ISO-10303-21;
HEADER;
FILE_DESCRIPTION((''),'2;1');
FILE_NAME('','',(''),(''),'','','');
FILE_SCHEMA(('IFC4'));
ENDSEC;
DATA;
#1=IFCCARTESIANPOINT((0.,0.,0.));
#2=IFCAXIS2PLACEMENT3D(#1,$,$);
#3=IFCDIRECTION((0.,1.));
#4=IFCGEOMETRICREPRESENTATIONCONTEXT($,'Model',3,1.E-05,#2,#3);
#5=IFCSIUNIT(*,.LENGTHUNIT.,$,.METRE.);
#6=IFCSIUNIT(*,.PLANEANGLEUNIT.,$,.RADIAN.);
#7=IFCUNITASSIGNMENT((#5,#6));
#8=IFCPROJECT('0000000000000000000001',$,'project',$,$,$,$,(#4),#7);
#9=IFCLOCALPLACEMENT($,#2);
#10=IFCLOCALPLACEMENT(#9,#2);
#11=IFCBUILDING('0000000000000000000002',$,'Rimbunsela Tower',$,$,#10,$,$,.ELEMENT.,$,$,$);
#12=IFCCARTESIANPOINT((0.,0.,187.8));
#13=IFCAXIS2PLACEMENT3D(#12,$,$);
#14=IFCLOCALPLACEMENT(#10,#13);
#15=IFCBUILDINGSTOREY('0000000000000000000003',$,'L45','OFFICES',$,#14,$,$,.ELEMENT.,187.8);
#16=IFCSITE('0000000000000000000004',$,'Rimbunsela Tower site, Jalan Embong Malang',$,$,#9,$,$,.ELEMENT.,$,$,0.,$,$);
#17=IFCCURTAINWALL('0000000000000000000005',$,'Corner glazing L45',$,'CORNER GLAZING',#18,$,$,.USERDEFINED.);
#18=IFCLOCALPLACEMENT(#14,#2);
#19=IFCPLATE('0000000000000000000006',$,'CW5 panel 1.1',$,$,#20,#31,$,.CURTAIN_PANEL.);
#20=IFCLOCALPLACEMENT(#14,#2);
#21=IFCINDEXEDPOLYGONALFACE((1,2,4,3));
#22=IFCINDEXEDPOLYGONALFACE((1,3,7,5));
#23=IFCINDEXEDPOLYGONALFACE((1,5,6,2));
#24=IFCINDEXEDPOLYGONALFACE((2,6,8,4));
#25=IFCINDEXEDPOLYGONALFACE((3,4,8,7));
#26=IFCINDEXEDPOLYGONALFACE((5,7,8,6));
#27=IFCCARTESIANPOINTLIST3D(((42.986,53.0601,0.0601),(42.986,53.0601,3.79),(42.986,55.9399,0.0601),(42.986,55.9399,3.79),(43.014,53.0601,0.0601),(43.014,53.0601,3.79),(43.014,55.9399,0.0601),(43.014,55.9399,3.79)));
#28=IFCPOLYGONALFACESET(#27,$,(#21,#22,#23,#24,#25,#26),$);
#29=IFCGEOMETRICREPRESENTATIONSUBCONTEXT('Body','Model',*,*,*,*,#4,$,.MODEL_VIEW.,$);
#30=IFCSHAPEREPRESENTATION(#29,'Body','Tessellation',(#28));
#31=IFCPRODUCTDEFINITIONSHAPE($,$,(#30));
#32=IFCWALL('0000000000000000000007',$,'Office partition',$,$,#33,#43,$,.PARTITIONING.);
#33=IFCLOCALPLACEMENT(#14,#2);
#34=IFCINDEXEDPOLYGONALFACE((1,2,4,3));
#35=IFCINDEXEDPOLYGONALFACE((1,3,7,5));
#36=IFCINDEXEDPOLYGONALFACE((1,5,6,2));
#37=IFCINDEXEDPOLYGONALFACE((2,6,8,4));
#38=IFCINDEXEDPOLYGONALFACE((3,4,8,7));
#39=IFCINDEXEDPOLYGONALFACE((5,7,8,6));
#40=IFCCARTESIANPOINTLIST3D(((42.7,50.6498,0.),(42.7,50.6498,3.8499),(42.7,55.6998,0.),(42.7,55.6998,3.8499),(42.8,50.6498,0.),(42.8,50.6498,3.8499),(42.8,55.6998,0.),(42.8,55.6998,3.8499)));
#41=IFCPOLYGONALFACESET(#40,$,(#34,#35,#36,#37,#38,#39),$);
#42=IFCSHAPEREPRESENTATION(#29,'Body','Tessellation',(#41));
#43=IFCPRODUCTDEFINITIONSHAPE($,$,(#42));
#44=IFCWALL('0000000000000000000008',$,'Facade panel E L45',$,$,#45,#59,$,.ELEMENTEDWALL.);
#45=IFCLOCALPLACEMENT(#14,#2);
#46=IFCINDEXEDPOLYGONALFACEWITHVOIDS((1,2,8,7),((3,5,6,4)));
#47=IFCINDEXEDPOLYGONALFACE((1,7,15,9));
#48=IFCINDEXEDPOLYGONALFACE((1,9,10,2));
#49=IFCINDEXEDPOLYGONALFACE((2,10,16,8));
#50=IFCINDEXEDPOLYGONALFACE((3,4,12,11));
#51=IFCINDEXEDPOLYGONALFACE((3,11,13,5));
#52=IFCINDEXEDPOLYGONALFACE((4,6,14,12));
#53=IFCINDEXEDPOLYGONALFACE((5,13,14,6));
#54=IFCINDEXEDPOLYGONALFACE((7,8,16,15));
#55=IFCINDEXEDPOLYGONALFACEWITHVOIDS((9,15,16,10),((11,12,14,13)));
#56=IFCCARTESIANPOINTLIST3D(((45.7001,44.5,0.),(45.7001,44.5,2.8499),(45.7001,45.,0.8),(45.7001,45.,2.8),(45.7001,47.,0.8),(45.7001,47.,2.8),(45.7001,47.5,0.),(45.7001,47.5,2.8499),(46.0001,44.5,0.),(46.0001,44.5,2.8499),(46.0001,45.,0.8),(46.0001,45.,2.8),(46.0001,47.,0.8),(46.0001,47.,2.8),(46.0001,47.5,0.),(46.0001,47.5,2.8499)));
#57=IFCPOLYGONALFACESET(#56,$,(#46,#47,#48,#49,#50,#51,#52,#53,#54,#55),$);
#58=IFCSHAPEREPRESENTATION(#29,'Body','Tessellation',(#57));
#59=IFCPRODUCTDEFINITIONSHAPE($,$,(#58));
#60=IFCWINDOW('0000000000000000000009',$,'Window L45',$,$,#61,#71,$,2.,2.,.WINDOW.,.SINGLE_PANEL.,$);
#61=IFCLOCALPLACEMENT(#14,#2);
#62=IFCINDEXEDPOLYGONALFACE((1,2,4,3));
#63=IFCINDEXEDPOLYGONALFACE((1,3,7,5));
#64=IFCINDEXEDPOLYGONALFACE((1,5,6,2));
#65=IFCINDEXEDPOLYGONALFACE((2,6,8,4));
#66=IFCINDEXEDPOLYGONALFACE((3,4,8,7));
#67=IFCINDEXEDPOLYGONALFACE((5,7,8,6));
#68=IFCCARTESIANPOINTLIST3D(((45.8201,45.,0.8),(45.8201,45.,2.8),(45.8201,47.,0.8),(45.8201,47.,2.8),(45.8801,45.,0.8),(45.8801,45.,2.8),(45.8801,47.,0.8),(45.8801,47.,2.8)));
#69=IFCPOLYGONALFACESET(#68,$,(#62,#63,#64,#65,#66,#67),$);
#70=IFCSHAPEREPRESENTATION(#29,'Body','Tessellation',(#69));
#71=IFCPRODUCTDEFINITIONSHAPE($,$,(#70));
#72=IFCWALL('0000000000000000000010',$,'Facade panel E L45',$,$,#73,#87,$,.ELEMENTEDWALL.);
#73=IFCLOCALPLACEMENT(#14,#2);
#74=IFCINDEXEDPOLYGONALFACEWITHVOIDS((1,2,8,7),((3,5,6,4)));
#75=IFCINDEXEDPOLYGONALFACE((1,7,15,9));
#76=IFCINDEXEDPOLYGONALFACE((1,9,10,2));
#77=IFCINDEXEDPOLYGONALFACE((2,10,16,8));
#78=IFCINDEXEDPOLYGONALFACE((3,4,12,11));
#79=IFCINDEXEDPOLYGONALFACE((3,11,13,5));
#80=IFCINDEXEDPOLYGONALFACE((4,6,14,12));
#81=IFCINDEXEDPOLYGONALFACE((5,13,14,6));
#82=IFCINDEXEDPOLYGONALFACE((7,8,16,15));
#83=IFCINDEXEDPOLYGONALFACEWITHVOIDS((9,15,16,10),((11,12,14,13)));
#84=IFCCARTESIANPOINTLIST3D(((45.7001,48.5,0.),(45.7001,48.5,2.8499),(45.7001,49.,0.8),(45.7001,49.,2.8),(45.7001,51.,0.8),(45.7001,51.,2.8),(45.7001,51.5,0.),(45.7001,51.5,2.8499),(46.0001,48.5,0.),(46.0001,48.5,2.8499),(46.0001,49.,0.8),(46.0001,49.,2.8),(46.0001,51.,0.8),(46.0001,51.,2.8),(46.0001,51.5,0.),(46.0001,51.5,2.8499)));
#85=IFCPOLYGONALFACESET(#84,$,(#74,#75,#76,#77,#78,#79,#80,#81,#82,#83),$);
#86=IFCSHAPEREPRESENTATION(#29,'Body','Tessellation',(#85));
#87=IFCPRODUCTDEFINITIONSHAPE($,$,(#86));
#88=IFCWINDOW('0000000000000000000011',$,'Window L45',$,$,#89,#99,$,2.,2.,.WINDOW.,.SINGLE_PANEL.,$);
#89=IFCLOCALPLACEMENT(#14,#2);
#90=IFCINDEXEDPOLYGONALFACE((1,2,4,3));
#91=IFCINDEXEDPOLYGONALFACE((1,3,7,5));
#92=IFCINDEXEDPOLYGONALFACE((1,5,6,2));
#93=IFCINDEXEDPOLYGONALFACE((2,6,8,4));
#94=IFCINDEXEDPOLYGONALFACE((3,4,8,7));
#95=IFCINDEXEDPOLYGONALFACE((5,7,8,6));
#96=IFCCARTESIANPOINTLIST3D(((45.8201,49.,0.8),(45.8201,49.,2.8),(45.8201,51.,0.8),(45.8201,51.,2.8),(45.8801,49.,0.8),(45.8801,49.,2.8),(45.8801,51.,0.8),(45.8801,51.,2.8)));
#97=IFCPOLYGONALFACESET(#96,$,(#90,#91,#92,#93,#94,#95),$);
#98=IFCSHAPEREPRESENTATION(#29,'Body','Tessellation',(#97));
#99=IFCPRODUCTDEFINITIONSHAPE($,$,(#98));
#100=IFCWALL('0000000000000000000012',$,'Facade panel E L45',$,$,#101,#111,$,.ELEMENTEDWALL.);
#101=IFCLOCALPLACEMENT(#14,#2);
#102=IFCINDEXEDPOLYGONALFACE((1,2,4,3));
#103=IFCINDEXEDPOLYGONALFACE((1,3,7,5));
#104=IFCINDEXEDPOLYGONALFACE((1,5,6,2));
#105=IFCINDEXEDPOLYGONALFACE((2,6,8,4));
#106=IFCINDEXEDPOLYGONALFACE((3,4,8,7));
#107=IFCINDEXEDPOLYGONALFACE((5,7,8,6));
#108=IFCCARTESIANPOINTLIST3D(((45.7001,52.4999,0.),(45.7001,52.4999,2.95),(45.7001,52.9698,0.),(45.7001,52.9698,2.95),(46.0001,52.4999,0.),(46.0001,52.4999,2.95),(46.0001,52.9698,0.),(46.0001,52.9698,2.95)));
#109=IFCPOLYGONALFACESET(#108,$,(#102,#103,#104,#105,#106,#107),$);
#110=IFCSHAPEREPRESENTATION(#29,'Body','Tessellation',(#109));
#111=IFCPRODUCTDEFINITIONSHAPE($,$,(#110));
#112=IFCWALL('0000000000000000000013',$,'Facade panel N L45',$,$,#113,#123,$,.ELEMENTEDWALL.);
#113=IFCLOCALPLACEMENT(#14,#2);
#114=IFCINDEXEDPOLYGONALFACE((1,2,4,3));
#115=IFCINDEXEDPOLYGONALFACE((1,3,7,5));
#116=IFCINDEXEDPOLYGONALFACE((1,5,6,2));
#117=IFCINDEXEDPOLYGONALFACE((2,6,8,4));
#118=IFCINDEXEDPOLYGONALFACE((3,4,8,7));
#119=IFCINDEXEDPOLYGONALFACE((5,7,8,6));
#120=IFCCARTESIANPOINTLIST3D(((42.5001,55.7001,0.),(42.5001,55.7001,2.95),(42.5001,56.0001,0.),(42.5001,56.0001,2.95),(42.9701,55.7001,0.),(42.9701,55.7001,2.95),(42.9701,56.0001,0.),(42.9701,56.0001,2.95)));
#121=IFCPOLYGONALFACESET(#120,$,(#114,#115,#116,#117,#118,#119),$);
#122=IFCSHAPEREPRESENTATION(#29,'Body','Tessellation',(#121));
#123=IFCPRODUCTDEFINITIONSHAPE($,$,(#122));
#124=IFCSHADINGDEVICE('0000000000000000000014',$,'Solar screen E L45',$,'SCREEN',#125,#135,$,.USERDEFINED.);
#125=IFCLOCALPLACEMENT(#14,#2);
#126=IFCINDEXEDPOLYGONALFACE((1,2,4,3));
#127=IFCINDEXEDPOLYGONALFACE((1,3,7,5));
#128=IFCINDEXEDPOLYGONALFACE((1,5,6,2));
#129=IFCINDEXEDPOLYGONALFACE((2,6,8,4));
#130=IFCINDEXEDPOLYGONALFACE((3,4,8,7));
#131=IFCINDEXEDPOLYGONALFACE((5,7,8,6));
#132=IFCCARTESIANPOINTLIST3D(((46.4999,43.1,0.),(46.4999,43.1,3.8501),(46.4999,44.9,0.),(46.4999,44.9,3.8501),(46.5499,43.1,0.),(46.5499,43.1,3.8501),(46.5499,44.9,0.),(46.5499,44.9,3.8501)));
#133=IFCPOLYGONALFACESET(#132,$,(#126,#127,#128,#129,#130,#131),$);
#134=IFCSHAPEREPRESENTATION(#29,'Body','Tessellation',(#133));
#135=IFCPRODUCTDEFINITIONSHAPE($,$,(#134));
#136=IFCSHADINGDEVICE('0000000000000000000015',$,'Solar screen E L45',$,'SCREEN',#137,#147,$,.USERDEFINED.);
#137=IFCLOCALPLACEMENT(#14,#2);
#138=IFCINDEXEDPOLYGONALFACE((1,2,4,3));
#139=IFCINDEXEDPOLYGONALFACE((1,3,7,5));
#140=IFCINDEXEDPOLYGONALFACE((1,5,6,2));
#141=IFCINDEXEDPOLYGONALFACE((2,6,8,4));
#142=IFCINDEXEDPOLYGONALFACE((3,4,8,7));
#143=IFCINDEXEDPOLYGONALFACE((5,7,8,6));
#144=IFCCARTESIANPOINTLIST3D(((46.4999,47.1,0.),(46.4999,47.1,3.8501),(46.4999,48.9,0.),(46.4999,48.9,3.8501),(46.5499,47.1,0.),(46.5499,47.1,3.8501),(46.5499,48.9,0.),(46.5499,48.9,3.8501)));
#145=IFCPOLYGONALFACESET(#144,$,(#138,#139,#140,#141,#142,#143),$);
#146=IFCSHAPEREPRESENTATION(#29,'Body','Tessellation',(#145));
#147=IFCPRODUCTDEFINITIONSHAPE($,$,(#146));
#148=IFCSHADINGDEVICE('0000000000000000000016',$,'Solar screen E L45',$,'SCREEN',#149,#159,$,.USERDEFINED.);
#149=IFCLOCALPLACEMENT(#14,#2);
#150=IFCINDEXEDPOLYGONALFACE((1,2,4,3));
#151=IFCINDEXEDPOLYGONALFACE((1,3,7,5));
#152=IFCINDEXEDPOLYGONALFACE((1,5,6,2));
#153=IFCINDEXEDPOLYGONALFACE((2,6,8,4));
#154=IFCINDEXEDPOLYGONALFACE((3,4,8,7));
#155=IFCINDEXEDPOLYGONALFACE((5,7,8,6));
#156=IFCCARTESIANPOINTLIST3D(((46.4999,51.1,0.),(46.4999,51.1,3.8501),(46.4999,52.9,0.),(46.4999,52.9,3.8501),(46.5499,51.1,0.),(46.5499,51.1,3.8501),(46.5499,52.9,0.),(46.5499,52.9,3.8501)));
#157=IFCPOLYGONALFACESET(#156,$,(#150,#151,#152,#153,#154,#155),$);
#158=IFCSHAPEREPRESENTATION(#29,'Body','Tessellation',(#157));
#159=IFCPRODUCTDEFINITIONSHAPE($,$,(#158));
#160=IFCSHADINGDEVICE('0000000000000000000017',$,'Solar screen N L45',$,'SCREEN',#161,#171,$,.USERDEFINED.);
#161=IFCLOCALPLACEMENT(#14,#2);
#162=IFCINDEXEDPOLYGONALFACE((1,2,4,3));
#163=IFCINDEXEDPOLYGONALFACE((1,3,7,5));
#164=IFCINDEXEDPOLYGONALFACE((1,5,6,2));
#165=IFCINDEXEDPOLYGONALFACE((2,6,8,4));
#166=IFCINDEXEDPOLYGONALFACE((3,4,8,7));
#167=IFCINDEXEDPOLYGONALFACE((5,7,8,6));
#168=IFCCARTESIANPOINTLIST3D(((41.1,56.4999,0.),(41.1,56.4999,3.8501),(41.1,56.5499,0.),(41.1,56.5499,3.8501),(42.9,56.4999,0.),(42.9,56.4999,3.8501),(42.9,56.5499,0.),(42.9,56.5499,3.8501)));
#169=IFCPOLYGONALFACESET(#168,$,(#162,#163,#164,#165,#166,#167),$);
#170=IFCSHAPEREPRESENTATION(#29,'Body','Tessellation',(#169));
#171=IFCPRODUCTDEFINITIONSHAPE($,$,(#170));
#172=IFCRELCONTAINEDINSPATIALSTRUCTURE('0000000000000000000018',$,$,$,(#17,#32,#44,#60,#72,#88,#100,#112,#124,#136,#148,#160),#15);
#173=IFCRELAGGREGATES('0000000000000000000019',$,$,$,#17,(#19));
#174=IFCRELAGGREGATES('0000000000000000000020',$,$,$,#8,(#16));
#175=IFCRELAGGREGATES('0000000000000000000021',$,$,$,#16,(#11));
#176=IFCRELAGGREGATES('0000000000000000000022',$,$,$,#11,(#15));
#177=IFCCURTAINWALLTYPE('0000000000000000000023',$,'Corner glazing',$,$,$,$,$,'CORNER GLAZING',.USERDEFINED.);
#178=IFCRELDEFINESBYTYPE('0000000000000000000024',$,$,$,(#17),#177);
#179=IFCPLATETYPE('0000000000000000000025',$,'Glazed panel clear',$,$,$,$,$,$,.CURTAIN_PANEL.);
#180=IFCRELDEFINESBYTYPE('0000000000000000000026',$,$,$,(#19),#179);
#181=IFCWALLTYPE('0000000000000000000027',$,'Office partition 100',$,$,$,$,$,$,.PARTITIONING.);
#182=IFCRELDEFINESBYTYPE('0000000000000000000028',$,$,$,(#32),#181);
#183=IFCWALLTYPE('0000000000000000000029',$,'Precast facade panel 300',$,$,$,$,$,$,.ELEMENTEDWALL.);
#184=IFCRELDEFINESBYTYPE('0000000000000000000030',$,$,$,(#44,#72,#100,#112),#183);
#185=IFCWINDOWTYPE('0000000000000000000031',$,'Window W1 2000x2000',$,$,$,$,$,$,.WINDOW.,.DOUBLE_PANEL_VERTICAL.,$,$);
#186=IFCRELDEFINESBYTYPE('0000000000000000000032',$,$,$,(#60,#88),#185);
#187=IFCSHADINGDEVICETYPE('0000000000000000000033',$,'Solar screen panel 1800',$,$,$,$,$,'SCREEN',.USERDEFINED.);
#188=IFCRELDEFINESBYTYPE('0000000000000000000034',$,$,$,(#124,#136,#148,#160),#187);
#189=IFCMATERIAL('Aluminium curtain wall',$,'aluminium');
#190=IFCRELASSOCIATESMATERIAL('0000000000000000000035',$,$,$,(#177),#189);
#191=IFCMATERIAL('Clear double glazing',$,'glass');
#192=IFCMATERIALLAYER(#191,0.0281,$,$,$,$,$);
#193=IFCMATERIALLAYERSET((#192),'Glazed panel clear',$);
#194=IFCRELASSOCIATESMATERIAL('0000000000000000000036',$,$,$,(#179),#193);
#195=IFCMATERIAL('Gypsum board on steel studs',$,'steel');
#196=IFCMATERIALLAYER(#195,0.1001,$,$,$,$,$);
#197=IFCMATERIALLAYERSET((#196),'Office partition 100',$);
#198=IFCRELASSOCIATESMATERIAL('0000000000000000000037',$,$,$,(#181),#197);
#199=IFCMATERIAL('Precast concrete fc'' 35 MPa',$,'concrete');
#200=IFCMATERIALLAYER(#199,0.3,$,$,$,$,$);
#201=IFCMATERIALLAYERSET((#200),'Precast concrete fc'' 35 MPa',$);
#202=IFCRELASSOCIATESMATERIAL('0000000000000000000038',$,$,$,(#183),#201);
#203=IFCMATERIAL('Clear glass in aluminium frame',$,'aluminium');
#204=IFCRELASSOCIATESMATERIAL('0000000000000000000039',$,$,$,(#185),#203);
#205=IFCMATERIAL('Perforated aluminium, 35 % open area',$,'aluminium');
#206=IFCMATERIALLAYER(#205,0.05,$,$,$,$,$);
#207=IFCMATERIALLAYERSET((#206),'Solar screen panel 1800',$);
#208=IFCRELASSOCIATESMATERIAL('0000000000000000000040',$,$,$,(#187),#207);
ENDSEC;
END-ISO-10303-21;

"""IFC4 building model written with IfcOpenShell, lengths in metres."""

from ifc_helpers import new_model, si_unit, direction, frame, frame_2d, origin, origin_2d, place, context, subcontext, project, spatial, rectangle, extrude, material, layer, layer_set, type_object, element, fill, aggregate, save


model = new_model("IFC4")

# Units and contexts
model_context = context("Model", 3, precision=1e-05, world=origin(), true_north=direction((0.0, 1.0)))
body_context = subcontext(model_context, "Body", "Model", "MODEL_VIEW")
ifc_project = project(units=[si_unit("LENGTHUNIT", "METRE"), si_unit("PLANEANGLEUNIT", "RADIAN")], contexts=[model_context])

# Site, building, storey
site_placement = place(None, origin())
site = spatial("IfcSite", under=ifc_project, at=site_placement, Name="Rimbunsela Tower site, Jalan Embong Malang", CompositionType="ELEMENT", RefElevation=0.0)
building_placement = place(site_placement, origin())
building = spatial("IfcBuilding", under=site, at=building_placement, Name="Rimbunsela Tower", CompositionType="ELEMENT")
storey_placement = place(building_placement, frame((0.0, 0.0, 187.8)))
storey = spatial("IfcBuildingStorey", under=building, at=storey_placement, Name="L45", Description="OFFICES", CompositionType="ELEMENT", Elevation=187.8)

# Curtain wall
ifc_material_1 = material(Name="Aluminium curtain wall", Category="aluminium")
curtain_wall_type = type_object("IfcCurtainWallType", Name="Corner glazing", ElementType="CORNER GLAZING", PredefinedType="USERDEFINED", material=ifc_material_1)
curtain_wall_1_placement = place(storey_placement, origin())
curtain_wall_1 = element("IfcCurtainWall", 1, at=curtain_wall_1_placement, inside=storey, type_object=curtain_wall_type, Name="Corner glazing L45", ObjectType="CORNER GLAZING", PredefinedType="USERDEFINED")

# Plate
ifc_material_2 = material(Name="Clear double glazing", Category="glass")
ifc_layer_1 = layer(ifc_material_2, 0.0281)
ifc_layer_set_1 = layer_set([ifc_layer_1], Name="Glazed panel clear")
plate_type = type_object("IfcPlateType", Name="Glazed panel clear", PredefinedType="CURTAIN_PANEL", material=ifc_layer_set_1)
plate_1_placement = place(storey_placement, frame((43.0, 54.5, 0.0601), z_axis=(0.0, 0.0, 1.0), x_axis=(0.0, 1.0, 0.0)))
plate_1 = element("IfcPlate", 2, at=plate_1_placement, type_object=plate_type, Name="CW5 panel 1.1", PredefinedType="CURTAIN_PANEL", context=body_context, shape_type="SweptSolid", body=[
    extrude(rectangle(XDim=2.8799, YDim=0.0281, at=origin_2d()), origin(), (0.0, 0.0, 1.0), 3.73),
])
aggregate(curtain_wall_1, [plate_1])

# Wall
ifc_material_3 = material(Name="Gypsum board on steel studs", Category="steel")
ifc_layer_2 = layer(ifc_material_3, 0.1001)
ifc_layer_set_2 = layer_set([ifc_layer_2], Name="Office partition 100")
wall_type_1 = type_object("IfcWallType", Name="Office partition 100", PredefinedType="PARTITIONING", material=ifc_layer_set_2)
wall_1_placement = place(storey_placement, frame((42.75, 50.6499, 0.0), z_axis=(0.0, 0.0, 1.0), x_axis=(0.0, 1.0, 0.0)))
element("IfcWall", 3, at=wall_1_placement, inside=storey, type_object=wall_type_1, Name="Office partition", PredefinedType="PARTITIONING", context=body_context, shape_type="SweptSolid", body=[
    extrude(rectangle(XDim=5.05, YDim=0.1001, at=frame_2d((2.5249, 0.0))), origin(), (0.0, 0.0, 1.0), 3.8499),
])

# Walls, openings, windows
ifc_material_4 = material(Name="Precast concrete fc' 35 MPa", Category="concrete")
ifc_layer_3 = layer(ifc_material_4, 0.3)
ifc_layer_set_3 = layer_set([ifc_layer_3], Name="Precast concrete fc' 35 MPa")
wall_type_2 = type_object("IfcWallType", Name="Precast facade panel 300", PredefinedType="ELEMENTEDWALL", material=ifc_layer_set_3)
wall_2_placement = place(storey_placement, frame((45.8501, 44.5, 0.0), z_axis=(0.0, 0.0, 1.0), x_axis=(0.0, 1.0, 0.0)))
wall_2 = element("IfcWall", 4, at=wall_2_placement, inside=storey, type_object=wall_type_2, Name="Facade panel E L45", PredefinedType="ELEMENTEDWALL", context=body_context, shape_type="SweptSolid", body=[
    extrude(rectangle(XDim=3.0, YDim=0.3, at=frame_2d((1.5, 0.0))), origin(), (0.0, 0.0, 1.0), 2.8499),
])
opening_1_placement = place(wall_2_placement, frame((0.5, 0.0, 0.8)))
opening_1 = element("IfcOpeningElement", 5, at=opening_1_placement, cuts=wall_2, PredefinedType="OPENING", context=body_context, shape_type="SweptSolid", body=[
    extrude(rectangle(XDim=2.0, YDim=2.0, at=frame_2d((1.0, 1.0))), frame((0.0, 0.1599, 0.0), z_axis=(0.0, -1.0, 0.0), x_axis=(1.0, 0.0, 0.0)), (0.0, 0.0, 1.0), 0.3201),
])
ifc_material_5 = material(Name="Clear glass in aluminium frame", Category="aluminium")
window_type = type_object("IfcWindowType", Name="Window W1 2000x2000", PartitioningType="DOUBLE_PANEL_VERTICAL", PredefinedType="WINDOW", material=ifc_material_5)
window_1_placement = place(opening_1_placement, origin())
window_1 = element("IfcWindow", 6, at=window_1_placement, inside=storey, type_object=window_type, Name="Window L45", OverallHeight=2.0, OverallWidth=2.0, PartitioningType="SINGLE_PANEL", PredefinedType="WINDOW", context=body_context, shape_type="SweptSolid", body=[
    extrude(rectangle(XDim=2.0, YDim=2.0, at=frame_2d((1.0, 1.0))), frame((0.0, 0.03, 0.0), z_axis=(0.0, -1.0, 0.0), x_axis=(1.0, 0.0, 0.0)), (0.0, 0.0, 1.0), 0.0601),
])
fill(opening_1, window_1)
wall_3_placement = place(storey_placement, frame((45.8501, 48.5, 0.0), z_axis=(0.0, 0.0, 1.0), x_axis=(0.0, 1.0, 0.0)))
wall_3 = element("IfcWall", 7, at=wall_3_placement, inside=storey, type_object=wall_type_2, Name="Facade panel E L45", PredefinedType="ELEMENTEDWALL", context=body_context, shape_type="SweptSolid", body=[
    extrude(rectangle(XDim=3.0, YDim=0.3, at=frame_2d((1.5, 0.0))), origin(), (0.0, 0.0, 1.0), 2.8499),
])
opening_2_placement = place(wall_3_placement, frame((0.5, 0.0, 0.8)))
opening_2 = element("IfcOpeningElement", 8, at=opening_2_placement, cuts=wall_3, PredefinedType="OPENING", context=body_context, shape_type="SweptSolid", body=[
    extrude(rectangle(XDim=2.0, YDim=2.0, at=frame_2d((1.0, 1.0))), frame((0.0, 0.1599, 0.0), z_axis=(0.0, -1.0, 0.0), x_axis=(1.0, 0.0, 0.0)), (0.0, 0.0, 1.0), 0.3201),
])
window_2_placement = place(opening_2_placement, origin())
window_2 = element("IfcWindow", 9, at=window_2_placement, inside=storey, type_object=window_type, Name="Window L45", OverallHeight=2.0, OverallWidth=2.0, PartitioningType="SINGLE_PANEL", PredefinedType="WINDOW", context=body_context, shape_type="SweptSolid", body=[
    extrude(rectangle(XDim=2.0, YDim=2.0, at=frame_2d((1.0, 1.0))), frame((0.0, 0.03, 0.0), z_axis=(0.0, -1.0, 0.0), x_axis=(1.0, 0.0, 0.0)), (0.0, 0.0, 1.0), 0.0601),
])
fill(opening_2, window_2)

# Walls
for number, where, z_axis, x_axis, name in (
    (10, (45.8501, 52.5, 0.0), (0.0, 0.0, 1.0), (0.0, 1.0, 0.0), "Facade panel E L45"),
    (11, (42.97, 55.8501, 0.0), (0.0, 0.0, 1.0), (-1.0, 0.0, 0.0), "Facade panel N L45"),
):
    element("IfcWall", number, at=place(storey_placement, frame(where, z_axis=z_axis, x_axis=x_axis)), inside=storey, type_object=wall_type_2, Name=name, PredefinedType="ELEMENTEDWALL", context=body_context, shape_type="SweptSolid", body=[
        extrude(rectangle(XDim=0.47, YDim=0.3, at=frame_2d((0.2349, 0.0))), origin(), (0.0, 0.0, 1.0), 2.95),
    ])

# Shading devices
ifc_material_6 = material(Name="Perforated aluminium, 35 % open area", Category="aluminium")
ifc_layer_4 = layer(ifc_material_6, 0.05)
ifc_layer_set_4 = layer_set([ifc_layer_4], Name="Solar screen panel 1800")
shading_device_type = type_object("IfcShadingDeviceType", Name="Solar screen panel 1800", ElementType="SCREEN", PredefinedType="USERDEFINED", material=ifc_layer_set_4)
for number, where, z_axis, x_axis, name in (
    (12, (46.5249, 44.0, 0.0), (0.0, 0.0, 1.0), (0.0, 1.0, 0.0), "Solar screen E L45"),
    (13, (46.5249, 48.0, 0.0), (0.0, 0.0, 1.0), (0.0, 1.0, 0.0), "Solar screen E L45"),
    (14, (46.5249, 52.0, 0.0), (0.0, 0.0, 1.0), (0.0, 1.0, 0.0), "Solar screen E L45"),
    (15, (42.0, 56.5249, 0.0), (0.0, 0.0, 1.0), (1.0, 0.0, 0.0), "Solar screen N L45"),
):
    element("IfcShadingDevice", number, at=place(storey_placement, frame(where, z_axis=z_axis, x_axis=x_axis)), inside=storey, type_object=shading_device_type, Name=name, ObjectType="SCREEN", PredefinedType="USERDEFINED", context=body_context, shape_type="SweptSolid", body=[
        extrude(rectangle(XDim=1.8, YDim=0.05, at=origin_2d()), origin(), (0.0, 0.0, 1.0), 3.8501),
    ])

save(model, "model.ifc")
